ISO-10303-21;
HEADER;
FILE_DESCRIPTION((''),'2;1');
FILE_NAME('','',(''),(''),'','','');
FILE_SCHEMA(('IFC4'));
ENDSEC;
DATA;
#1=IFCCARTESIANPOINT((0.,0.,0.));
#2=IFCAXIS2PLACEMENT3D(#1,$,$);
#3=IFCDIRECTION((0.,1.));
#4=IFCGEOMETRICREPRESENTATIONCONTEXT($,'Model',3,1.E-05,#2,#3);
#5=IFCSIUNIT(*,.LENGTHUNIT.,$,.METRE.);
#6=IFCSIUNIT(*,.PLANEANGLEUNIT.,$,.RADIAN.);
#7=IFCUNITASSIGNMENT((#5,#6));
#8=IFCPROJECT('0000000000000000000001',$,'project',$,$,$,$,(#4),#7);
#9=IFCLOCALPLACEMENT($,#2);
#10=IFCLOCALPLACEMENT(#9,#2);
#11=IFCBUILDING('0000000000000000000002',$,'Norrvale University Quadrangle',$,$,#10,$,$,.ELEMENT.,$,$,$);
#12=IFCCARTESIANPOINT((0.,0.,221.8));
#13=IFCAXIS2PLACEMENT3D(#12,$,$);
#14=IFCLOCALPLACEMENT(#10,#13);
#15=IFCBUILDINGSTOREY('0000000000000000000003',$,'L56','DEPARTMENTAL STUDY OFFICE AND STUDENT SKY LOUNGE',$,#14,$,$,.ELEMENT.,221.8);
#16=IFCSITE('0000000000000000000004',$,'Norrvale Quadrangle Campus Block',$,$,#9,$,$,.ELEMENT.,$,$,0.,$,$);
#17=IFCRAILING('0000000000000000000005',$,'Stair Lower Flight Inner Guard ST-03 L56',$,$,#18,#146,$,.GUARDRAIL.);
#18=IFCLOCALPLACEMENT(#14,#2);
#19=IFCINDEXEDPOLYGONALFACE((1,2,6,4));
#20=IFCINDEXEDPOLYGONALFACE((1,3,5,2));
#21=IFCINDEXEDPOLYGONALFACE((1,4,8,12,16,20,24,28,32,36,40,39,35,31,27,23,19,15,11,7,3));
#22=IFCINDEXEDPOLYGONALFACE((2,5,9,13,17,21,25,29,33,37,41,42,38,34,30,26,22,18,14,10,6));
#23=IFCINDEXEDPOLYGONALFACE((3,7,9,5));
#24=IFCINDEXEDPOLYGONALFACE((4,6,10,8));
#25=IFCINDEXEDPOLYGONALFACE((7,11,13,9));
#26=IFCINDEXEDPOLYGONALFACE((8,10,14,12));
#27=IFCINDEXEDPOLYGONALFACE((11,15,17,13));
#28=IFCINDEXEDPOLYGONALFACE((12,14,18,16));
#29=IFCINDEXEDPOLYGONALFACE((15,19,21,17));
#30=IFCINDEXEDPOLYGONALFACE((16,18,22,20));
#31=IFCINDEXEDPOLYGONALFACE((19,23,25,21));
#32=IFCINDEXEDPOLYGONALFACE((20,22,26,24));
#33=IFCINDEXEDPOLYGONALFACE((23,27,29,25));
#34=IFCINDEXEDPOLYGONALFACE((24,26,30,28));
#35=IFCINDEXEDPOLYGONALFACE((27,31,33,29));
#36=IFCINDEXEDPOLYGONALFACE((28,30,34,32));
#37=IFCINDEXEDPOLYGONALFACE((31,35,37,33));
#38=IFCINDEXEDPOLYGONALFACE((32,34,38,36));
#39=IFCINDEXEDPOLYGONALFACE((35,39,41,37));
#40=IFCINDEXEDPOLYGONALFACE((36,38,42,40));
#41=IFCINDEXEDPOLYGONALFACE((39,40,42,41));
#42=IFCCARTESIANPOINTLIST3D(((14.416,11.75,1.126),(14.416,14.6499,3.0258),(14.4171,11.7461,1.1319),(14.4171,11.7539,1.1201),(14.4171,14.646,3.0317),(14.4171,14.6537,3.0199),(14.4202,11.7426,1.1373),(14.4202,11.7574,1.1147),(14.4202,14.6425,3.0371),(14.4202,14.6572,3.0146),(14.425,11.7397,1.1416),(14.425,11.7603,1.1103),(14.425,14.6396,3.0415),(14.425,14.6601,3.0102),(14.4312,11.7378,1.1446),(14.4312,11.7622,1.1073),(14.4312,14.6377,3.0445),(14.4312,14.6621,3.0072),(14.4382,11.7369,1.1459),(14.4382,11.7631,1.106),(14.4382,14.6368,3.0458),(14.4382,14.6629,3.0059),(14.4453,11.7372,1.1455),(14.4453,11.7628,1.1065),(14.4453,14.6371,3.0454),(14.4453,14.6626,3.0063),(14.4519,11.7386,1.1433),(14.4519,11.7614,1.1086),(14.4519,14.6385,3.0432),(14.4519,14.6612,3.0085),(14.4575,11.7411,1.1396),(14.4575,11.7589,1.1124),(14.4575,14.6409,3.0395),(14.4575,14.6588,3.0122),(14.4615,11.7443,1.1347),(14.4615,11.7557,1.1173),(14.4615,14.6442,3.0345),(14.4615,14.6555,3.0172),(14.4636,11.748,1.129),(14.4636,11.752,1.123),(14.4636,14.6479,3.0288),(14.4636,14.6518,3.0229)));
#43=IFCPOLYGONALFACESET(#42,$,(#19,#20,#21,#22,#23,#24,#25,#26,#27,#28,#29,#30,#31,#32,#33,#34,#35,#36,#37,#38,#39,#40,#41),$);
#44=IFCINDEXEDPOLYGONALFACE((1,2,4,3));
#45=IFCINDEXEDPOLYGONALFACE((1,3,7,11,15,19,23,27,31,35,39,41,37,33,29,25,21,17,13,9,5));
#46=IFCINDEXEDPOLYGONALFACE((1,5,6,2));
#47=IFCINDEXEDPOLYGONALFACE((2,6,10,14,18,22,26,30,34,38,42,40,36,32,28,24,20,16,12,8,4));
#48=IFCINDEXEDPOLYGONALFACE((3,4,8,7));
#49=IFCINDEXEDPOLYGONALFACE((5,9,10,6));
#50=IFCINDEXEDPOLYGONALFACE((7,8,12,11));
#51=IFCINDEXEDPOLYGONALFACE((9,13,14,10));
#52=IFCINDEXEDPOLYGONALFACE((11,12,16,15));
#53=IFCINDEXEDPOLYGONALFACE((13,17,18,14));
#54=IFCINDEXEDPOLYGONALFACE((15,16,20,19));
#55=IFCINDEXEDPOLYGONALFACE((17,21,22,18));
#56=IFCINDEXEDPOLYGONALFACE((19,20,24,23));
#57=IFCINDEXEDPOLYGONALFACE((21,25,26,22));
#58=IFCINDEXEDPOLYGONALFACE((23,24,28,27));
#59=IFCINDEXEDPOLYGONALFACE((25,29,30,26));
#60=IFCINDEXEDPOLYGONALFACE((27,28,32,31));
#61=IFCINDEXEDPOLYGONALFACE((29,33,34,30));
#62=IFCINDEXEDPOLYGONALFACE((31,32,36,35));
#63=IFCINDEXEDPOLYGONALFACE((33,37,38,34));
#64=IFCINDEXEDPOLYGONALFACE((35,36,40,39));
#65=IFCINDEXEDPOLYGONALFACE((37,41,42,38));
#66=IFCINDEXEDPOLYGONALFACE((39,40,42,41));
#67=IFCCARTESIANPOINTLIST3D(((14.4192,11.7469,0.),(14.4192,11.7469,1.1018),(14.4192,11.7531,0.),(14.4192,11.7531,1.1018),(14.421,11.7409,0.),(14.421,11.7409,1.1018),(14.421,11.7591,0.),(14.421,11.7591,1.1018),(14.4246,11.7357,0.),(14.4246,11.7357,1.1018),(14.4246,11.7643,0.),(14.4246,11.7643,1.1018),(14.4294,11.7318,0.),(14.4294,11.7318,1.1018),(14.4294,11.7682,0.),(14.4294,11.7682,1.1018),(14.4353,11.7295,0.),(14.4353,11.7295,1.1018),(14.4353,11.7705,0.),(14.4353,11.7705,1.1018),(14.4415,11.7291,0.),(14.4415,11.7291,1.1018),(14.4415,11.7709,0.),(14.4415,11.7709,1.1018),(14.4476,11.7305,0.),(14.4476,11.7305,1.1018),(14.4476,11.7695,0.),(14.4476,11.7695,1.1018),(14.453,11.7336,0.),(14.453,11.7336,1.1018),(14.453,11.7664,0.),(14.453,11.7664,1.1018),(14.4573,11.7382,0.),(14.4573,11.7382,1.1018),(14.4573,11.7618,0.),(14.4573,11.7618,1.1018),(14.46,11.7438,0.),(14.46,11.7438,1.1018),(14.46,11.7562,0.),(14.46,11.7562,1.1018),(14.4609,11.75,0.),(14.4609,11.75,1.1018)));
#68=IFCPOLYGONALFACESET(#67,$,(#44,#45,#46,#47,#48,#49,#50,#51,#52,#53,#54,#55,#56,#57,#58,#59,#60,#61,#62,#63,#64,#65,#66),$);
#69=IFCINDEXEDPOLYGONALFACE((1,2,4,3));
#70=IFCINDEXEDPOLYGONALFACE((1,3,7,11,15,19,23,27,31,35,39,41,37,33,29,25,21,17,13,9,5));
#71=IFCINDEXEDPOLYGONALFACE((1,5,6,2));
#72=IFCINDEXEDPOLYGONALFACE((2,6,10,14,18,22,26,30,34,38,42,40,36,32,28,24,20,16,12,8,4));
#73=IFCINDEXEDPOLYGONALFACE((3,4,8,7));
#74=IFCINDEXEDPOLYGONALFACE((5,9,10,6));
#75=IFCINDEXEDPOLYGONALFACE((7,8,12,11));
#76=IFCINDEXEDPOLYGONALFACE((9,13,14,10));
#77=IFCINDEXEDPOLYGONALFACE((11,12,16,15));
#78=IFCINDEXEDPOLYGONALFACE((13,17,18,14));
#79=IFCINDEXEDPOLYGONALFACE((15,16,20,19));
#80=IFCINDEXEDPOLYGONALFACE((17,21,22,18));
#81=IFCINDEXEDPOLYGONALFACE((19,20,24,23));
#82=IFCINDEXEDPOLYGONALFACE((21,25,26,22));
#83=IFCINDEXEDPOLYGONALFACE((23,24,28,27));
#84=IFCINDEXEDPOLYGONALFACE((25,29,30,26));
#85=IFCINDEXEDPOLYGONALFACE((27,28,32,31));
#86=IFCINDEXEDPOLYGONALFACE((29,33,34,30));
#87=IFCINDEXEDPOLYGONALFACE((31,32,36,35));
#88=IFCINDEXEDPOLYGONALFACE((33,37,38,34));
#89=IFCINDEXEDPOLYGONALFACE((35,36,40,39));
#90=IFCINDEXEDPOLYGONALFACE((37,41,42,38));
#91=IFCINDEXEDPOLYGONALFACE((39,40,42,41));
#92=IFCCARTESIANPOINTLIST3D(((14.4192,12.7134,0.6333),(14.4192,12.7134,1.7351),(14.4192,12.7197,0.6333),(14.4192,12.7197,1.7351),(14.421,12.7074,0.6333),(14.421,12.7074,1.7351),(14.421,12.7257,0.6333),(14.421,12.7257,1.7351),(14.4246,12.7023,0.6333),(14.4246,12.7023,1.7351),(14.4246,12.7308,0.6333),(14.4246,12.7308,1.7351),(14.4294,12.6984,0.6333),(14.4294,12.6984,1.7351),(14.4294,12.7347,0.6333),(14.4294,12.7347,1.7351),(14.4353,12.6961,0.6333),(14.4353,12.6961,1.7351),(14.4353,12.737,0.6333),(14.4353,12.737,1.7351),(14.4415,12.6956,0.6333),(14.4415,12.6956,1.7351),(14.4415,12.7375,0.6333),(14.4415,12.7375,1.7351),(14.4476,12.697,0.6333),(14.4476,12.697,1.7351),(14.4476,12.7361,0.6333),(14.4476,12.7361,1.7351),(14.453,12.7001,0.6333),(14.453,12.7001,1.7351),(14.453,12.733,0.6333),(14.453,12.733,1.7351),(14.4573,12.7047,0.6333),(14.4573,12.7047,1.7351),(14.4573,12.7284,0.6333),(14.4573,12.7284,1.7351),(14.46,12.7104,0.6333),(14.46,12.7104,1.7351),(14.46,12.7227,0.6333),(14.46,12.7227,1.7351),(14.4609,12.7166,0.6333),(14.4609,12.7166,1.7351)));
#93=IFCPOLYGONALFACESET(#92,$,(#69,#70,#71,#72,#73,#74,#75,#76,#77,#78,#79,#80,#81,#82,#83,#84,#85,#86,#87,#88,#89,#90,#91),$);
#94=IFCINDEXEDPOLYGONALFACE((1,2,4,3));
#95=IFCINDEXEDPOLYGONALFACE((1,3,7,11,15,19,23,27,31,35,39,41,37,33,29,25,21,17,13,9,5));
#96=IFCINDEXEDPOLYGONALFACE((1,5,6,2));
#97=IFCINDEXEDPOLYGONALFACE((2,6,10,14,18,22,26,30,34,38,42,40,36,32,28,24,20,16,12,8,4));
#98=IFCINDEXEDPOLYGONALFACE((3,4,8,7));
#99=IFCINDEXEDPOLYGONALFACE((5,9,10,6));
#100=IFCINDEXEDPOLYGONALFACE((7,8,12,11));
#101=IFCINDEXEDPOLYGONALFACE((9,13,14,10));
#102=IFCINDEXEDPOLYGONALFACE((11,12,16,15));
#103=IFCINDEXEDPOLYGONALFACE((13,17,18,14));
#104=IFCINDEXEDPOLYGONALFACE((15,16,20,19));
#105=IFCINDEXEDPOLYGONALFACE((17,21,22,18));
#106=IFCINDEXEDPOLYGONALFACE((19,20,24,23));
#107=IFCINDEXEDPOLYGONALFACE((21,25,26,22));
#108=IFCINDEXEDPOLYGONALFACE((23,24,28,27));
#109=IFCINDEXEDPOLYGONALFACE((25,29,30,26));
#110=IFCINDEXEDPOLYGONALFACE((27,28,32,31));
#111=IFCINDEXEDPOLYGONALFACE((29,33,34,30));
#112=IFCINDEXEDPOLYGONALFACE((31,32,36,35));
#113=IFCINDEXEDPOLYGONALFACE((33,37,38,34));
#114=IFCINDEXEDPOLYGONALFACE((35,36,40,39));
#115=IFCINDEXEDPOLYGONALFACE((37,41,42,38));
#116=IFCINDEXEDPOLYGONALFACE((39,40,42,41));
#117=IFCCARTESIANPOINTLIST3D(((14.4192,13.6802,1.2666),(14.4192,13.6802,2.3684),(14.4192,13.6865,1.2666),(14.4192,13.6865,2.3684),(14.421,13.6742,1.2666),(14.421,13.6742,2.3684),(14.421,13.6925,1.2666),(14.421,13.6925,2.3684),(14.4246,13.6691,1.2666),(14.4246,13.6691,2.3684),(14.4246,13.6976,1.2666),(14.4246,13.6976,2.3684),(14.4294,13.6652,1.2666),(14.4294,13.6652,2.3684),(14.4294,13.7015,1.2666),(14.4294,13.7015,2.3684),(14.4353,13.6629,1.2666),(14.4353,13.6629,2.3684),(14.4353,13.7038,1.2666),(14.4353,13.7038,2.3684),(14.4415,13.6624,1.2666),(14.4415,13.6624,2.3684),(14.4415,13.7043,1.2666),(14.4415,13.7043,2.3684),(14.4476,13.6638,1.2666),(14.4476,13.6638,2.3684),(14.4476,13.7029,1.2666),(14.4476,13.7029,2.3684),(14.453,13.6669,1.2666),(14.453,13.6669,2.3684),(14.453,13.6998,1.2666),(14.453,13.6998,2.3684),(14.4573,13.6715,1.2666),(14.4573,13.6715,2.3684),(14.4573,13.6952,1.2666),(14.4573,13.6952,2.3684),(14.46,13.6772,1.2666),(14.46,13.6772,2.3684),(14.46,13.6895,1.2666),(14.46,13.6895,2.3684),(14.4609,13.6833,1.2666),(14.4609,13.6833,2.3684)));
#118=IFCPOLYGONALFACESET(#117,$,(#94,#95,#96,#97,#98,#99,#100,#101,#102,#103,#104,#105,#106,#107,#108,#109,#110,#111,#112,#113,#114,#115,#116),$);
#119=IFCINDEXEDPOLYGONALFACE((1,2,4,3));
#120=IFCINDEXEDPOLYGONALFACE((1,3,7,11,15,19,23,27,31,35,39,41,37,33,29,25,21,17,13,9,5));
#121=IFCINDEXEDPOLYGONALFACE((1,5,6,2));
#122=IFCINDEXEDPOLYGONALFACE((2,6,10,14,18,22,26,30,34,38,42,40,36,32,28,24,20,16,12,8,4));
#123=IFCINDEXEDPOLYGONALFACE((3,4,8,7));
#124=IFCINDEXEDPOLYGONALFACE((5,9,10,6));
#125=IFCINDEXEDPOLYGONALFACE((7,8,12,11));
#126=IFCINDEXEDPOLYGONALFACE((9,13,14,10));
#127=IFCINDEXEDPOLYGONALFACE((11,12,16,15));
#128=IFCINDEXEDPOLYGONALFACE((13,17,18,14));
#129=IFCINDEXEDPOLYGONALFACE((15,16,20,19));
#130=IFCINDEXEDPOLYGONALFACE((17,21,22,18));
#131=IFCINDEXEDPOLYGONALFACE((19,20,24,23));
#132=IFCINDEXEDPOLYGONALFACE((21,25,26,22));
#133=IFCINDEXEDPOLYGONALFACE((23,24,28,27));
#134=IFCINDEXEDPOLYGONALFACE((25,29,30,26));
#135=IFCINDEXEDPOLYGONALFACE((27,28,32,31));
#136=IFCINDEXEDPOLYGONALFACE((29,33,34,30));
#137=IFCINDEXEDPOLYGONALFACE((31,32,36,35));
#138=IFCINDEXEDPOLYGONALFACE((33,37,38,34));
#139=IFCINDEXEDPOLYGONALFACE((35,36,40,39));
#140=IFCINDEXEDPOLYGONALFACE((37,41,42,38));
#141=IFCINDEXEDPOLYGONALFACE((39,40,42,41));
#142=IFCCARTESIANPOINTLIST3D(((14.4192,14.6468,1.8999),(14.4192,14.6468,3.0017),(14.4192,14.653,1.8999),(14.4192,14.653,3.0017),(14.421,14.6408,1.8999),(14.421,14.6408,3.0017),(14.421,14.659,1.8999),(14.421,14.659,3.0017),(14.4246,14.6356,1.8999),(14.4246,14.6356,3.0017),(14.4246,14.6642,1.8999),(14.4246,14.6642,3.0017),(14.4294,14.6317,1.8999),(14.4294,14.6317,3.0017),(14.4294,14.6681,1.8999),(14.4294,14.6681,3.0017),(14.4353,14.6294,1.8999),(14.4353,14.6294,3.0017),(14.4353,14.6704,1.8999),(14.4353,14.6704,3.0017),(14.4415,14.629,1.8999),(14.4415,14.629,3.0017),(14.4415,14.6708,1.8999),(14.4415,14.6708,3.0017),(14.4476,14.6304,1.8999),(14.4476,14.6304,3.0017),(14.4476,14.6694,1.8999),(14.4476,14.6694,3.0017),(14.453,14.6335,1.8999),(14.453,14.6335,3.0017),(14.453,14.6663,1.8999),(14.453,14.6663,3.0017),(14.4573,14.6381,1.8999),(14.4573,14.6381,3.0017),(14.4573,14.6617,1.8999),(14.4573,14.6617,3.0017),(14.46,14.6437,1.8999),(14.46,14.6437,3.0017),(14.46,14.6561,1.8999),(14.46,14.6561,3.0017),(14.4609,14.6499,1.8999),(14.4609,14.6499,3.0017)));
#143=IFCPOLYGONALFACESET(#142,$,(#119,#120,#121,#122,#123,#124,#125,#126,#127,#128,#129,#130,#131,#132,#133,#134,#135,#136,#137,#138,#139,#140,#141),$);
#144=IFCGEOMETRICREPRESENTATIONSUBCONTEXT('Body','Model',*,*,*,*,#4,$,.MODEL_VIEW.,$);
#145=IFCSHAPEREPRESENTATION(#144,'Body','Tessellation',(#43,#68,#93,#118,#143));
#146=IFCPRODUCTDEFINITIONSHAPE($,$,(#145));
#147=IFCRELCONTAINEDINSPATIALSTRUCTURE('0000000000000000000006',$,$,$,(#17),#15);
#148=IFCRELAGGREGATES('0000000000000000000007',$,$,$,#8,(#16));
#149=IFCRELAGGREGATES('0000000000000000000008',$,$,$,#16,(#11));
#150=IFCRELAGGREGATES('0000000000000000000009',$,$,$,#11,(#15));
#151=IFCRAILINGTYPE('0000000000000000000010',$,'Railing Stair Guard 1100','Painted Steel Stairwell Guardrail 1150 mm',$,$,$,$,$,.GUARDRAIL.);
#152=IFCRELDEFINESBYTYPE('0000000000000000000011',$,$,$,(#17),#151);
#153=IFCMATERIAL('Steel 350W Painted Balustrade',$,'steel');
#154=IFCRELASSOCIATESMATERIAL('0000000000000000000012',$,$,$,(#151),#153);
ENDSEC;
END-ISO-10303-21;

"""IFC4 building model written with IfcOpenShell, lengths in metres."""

from ifc_helpers import new_model, si_unit, direction, frame, origin, origin_2d, place, context, subcontext, project, spatial, circle, extrude, material, type_object, element, save


model = new_model("IFC4")

# Units and contexts
model_context = context("Model", 3, precision=1e-05, world=origin(), true_north=direction((0.0, 1.0)))
body_context = subcontext(model_context, "Body", "Model", "MODEL_VIEW")
ifc_project = project(units=[si_unit("LENGTHUNIT", "METRE"), si_unit("PLANEANGLEUNIT", "RADIAN")], contexts=[model_context])

# Site, building, storey
site_placement = place(None, origin())
site = spatial("IfcSite", under=ifc_project, at=site_placement, Name="Norrvale Quadrangle Campus Block", CompositionType="ELEMENT", RefElevation=0.0)
building_placement = place(site_placement, origin())
building = spatial("IfcBuilding", under=site, at=building_placement, Name="Norrvale University Quadrangle", CompositionType="ELEMENT")
storey_placement = place(building_placement, frame((0.0, 0.0, 221.8)))
storey = spatial("IfcBuildingStorey", under=building, at=storey_placement, Name="L56", Description="DEPARTMENTAL STUDY OFFICE AND STUDENT SKY LOUNGE", CompositionType="ELEMENT", Elevation=221.8)

# Railing
ifc_material_1 = material(Name="Steel 350W Painted Balustrade", Category="steel")
railing_type_1 = type_object("IfcRailingType", Name="Railing Stair Guard 1100", Description="Painted Steel Stairwell Guardrail 1150 mm", PredefinedType="GUARDRAIL", material=ifc_material_1)
railing_1_placement = place(storey_placement, frame((14.4399, 11.75, 0.0)))
element("IfcRailing", 1, at=railing_1_placement, inside=storey, type_object=railing_type_1, Name="Stair Lower Flight Inner Guard ST-03 L56", PredefinedType="GUARDRAIL", context=body_context, shape_type="SweptSolid", body=[
    extrude(circle(Radius=0.0239, at=origin_2d()), frame((0.0, 0.0, 1.126), z_axis=(0.0, 0.836466, 0.548019), x_axis=(-1.0, 0.0, 0.0)), (0.0, 0.0, 1.0), 3.4668),
    extrude(circle(Radius=0.021, at=origin_2d()), origin(), (0.0, 0.0, 1.0), 1.1018),
    extrude(circle(Radius=0.021, at=origin_2d()), frame((0.0, 0.9666, 0.6333)), (0.0, 0.0, 1.0), 1.1018),
    extrude(circle(Radius=0.021, at=origin_2d()), frame((0.0, 1.9333, 1.2666)), (0.0, 0.0, 1.0), 1.1018),
    extrude(circle(Radius=0.021, at=origin_2d()), frame((0.0, 2.8999, 1.8999)), (0.0, 0.0, 1.0), 1.1018),
])

save(model, "model.ifc")
